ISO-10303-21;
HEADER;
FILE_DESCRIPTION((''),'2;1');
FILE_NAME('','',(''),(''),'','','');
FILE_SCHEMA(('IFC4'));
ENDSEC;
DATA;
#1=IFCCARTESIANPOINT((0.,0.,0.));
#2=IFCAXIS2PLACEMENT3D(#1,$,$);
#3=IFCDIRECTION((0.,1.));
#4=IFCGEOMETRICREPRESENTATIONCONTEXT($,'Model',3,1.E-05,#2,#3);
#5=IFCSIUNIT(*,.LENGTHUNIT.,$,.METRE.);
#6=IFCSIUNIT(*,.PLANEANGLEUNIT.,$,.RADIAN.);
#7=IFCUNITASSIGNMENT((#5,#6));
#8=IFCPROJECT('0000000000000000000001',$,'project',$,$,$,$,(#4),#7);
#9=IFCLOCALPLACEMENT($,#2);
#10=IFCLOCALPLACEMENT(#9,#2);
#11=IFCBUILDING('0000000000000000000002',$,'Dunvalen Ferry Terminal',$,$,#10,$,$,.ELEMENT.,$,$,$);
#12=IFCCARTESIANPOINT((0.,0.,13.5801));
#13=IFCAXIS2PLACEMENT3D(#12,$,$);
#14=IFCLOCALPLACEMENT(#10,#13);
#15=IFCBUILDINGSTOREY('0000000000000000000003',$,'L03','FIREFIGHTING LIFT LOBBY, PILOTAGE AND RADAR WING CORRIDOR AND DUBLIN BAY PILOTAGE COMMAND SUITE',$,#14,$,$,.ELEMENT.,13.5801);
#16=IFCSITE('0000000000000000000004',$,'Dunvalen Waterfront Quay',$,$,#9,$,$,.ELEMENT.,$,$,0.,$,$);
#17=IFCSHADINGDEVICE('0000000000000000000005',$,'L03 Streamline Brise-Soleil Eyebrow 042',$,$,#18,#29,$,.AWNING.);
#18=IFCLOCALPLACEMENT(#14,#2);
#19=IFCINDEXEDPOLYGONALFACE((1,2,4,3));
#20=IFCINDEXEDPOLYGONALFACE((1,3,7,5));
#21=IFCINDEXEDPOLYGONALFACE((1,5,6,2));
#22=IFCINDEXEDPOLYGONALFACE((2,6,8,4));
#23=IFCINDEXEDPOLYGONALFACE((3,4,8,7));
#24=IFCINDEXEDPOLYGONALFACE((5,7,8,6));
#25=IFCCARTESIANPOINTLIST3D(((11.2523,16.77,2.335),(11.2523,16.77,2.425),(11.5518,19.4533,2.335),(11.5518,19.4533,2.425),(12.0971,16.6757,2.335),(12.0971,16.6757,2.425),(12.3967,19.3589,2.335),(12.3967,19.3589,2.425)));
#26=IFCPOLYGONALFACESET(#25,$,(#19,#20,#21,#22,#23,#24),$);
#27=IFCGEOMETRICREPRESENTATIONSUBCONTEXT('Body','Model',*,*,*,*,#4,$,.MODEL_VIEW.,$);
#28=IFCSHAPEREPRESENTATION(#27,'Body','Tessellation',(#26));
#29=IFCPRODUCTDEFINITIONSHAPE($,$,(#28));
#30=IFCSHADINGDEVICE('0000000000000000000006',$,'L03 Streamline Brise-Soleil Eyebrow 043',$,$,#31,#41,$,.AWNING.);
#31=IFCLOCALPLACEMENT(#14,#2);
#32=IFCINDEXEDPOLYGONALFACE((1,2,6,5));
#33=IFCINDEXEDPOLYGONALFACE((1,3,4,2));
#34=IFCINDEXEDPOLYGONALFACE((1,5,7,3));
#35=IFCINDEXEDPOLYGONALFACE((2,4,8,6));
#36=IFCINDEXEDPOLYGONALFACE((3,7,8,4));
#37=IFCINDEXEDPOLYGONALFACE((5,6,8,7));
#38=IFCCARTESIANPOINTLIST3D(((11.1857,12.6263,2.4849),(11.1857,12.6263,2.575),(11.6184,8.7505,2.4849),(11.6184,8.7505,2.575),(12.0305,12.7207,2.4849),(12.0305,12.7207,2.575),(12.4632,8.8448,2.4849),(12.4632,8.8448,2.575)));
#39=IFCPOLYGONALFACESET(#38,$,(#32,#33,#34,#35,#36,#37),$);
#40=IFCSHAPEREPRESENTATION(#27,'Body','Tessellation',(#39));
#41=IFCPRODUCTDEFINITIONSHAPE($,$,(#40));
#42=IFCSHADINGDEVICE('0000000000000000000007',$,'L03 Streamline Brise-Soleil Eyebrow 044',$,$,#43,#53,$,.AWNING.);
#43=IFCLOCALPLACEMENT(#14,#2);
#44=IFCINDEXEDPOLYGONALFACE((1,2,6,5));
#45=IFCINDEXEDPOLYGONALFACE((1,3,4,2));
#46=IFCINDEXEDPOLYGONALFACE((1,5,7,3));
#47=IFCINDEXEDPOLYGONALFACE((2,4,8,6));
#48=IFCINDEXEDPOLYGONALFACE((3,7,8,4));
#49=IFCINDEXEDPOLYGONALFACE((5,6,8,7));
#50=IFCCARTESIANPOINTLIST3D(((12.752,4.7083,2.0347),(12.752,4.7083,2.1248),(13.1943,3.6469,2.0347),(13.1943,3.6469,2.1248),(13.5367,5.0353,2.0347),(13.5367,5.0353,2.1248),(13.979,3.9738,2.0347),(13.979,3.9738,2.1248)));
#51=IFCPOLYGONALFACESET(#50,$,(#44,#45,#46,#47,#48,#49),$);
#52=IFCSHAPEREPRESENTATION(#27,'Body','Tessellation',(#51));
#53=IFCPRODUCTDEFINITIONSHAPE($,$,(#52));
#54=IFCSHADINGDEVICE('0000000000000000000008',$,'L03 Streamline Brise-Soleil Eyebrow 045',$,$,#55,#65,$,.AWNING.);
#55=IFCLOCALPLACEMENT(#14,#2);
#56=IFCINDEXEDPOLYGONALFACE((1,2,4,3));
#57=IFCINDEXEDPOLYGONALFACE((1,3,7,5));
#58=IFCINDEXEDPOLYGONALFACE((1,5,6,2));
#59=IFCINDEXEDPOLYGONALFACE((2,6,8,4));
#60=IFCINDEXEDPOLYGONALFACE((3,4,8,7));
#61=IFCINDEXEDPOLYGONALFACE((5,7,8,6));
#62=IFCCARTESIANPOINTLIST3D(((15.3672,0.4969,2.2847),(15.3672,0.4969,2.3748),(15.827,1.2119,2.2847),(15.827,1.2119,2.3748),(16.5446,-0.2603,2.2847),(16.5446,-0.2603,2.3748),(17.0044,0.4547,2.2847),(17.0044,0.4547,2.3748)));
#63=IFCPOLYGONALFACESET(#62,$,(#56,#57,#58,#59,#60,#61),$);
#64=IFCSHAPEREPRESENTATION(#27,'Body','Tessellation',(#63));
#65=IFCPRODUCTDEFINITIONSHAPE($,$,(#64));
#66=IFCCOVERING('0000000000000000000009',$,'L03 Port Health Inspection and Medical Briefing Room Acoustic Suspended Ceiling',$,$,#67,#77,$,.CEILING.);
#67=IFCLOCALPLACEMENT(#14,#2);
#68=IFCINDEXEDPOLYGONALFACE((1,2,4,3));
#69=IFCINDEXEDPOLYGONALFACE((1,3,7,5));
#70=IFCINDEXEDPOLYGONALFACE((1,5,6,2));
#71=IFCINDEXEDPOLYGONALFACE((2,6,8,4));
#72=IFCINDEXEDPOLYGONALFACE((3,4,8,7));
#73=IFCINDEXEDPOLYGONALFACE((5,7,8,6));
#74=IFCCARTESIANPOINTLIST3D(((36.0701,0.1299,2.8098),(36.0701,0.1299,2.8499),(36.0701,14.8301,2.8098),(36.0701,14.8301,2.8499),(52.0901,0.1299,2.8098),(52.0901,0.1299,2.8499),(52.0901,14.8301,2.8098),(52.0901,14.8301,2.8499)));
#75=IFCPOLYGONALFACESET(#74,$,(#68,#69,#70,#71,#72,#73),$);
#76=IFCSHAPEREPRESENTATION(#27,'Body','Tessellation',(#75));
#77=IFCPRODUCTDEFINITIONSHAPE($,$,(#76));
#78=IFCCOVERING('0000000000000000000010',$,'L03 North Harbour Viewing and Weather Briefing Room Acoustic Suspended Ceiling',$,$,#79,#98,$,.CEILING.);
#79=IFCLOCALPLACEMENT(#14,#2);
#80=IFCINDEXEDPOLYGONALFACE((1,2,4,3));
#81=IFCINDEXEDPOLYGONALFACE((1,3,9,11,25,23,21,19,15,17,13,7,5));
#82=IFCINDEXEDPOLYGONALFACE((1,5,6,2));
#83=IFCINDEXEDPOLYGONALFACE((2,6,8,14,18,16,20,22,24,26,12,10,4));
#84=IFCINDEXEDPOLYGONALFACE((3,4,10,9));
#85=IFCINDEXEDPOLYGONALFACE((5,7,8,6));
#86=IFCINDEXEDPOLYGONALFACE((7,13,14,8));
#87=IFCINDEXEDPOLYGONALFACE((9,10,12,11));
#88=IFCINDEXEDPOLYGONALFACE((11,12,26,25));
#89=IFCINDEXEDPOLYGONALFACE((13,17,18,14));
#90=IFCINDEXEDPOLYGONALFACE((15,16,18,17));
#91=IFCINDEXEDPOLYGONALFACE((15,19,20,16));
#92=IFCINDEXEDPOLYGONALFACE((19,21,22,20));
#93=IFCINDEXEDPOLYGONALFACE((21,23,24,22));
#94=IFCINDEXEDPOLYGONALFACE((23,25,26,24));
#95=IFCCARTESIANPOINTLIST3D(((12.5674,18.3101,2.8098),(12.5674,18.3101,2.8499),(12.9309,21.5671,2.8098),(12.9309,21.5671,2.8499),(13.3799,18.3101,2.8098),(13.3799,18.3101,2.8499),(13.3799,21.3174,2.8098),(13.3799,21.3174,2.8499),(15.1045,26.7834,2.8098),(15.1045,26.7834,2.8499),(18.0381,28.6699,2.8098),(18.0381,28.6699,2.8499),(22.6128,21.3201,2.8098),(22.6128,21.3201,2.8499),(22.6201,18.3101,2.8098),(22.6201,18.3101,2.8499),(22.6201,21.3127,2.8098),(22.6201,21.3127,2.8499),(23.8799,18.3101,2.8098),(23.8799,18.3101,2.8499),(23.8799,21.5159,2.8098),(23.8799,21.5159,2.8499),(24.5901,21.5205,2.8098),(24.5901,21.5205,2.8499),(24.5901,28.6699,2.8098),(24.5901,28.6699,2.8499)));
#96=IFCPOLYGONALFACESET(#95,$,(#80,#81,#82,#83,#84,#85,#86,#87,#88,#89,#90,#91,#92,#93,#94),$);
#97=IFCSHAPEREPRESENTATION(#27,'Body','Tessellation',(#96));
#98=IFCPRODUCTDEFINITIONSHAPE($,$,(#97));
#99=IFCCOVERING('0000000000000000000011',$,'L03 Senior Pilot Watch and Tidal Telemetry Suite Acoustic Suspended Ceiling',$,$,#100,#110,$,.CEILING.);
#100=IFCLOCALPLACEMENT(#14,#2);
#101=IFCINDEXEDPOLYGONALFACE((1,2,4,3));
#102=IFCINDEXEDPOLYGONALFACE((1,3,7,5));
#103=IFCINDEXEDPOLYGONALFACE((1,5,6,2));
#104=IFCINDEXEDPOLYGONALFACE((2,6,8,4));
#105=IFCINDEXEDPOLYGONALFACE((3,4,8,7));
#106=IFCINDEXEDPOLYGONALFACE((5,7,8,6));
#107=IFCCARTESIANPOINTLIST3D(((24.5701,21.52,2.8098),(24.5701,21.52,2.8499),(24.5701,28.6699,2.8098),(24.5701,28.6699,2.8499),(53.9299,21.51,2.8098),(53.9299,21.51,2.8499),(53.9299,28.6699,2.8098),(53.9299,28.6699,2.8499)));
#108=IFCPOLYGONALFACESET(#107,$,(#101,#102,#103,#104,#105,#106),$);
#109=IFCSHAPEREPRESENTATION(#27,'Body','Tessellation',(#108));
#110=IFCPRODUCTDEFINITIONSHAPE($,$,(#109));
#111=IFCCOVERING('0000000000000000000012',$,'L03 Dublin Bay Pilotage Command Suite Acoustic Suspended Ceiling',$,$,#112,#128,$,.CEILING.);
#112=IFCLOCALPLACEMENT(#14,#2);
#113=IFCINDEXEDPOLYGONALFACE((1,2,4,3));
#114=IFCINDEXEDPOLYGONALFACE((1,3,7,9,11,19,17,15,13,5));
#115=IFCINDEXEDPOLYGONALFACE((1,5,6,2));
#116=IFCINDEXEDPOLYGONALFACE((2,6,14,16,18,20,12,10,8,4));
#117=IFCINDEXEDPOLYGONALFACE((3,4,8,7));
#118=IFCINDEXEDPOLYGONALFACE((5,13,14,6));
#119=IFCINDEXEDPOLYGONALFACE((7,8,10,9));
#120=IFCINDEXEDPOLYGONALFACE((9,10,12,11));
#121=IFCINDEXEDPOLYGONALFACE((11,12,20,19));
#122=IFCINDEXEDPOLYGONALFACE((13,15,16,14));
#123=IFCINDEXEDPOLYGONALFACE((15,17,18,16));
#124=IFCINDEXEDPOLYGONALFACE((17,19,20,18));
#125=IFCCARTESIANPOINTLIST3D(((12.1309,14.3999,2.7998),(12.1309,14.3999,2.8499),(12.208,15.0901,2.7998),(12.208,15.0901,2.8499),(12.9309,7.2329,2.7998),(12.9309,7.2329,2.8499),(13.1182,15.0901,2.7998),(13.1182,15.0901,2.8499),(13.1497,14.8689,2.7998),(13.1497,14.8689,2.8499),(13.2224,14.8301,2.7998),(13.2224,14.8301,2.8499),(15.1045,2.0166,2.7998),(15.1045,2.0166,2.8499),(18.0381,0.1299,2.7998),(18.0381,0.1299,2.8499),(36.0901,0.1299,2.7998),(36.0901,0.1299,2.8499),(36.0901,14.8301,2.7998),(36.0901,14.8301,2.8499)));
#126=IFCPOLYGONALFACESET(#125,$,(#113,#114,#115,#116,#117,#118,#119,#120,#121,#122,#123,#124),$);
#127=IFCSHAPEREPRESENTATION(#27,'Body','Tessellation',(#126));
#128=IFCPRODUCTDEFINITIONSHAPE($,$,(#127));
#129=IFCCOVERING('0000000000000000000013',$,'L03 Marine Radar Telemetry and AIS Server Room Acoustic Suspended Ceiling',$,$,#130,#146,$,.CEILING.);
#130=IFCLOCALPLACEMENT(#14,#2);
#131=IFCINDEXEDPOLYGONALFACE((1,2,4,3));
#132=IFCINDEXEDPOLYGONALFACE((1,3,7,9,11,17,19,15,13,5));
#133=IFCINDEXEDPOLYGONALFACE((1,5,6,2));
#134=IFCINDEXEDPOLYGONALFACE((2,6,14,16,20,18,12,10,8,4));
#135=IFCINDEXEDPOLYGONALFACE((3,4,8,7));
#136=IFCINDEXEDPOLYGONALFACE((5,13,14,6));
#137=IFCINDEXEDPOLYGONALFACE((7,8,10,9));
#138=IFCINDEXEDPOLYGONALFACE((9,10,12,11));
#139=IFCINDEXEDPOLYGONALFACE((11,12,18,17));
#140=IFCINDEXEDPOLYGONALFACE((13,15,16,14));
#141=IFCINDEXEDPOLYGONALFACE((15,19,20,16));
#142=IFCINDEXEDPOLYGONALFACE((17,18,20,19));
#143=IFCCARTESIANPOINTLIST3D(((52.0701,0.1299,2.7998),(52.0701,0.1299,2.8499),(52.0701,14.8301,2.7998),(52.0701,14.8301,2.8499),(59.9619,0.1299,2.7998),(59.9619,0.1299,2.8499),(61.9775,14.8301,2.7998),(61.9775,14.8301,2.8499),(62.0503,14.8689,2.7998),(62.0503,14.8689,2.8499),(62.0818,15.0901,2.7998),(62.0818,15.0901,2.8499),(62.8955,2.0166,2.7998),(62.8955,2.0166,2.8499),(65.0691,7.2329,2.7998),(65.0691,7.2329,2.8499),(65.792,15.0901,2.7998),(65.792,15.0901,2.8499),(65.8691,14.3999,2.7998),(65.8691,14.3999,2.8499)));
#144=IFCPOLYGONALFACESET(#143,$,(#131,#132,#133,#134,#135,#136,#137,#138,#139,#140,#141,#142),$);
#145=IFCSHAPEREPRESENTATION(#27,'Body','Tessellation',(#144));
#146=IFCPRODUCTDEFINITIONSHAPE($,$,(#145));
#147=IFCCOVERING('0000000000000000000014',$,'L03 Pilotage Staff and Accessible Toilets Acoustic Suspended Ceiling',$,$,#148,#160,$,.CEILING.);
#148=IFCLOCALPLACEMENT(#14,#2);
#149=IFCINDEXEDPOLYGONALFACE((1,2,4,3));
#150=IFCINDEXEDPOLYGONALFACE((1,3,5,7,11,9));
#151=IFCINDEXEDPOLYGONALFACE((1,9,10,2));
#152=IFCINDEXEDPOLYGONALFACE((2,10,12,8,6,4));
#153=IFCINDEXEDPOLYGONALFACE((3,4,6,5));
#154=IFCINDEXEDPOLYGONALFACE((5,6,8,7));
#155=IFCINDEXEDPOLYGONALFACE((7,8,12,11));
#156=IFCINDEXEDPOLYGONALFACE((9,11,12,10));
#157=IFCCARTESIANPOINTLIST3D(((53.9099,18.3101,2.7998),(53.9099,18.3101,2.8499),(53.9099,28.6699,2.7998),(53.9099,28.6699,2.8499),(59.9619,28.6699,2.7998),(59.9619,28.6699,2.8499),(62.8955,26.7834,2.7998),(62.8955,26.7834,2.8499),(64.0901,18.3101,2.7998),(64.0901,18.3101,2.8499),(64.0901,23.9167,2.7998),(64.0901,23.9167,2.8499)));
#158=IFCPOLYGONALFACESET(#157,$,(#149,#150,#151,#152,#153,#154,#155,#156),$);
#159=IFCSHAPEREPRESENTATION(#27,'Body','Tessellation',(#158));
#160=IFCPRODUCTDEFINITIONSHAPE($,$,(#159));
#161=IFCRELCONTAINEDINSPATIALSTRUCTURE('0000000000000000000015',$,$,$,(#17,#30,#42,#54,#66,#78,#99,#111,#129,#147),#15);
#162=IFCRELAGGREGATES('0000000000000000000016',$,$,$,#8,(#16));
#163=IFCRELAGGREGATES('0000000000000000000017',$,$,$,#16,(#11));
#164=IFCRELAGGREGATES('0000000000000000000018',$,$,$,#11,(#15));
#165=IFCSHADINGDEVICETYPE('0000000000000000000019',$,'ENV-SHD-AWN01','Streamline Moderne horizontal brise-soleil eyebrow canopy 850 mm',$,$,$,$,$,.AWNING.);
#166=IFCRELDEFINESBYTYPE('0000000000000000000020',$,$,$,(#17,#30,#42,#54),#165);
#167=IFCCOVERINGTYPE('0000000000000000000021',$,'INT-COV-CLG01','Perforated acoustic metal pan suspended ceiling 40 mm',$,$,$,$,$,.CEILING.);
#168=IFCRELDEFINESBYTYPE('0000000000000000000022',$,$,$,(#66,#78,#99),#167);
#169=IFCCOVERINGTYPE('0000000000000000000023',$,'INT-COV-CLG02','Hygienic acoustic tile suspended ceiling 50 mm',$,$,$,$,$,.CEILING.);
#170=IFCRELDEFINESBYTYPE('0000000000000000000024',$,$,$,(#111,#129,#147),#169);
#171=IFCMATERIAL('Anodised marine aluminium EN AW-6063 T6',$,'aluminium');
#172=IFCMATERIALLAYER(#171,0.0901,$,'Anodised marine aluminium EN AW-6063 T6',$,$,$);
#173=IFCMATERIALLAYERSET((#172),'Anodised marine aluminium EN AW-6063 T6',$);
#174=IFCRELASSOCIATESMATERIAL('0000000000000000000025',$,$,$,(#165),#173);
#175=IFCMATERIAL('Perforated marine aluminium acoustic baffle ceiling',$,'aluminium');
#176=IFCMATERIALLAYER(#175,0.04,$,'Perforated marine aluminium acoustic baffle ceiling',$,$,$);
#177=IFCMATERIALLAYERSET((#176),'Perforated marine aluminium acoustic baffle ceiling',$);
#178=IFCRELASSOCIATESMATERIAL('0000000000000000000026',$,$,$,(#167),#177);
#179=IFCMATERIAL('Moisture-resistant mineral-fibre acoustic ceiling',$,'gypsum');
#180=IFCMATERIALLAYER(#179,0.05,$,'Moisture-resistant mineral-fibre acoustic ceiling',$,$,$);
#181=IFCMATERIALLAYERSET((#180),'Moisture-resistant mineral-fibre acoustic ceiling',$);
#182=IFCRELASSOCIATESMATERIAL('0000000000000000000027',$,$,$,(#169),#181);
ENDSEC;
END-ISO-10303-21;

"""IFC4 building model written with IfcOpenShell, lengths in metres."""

from ifc_helpers import new_model, si_unit, direction, frame, origin, origin_2d, place, context, subcontext, project, spatial, polyline, rectangle, outline, extrude, material, layer, layer_set, type_object, element, save


model = new_model("IFC4")

# Units and contexts
model_context = context("Model", 3, precision=1e-05, world=origin(), true_north=direction((0.0, 1.0)))
body_context = subcontext(model_context, "Body", "Model", "MODEL_VIEW")
ifc_project = project(units=[si_unit("LENGTHUNIT", "METRE"), si_unit("PLANEANGLEUNIT", "RADIAN")], contexts=[model_context])

# Site, building, storey
site_placement = place(None, origin())
site = spatial("IfcSite", under=ifc_project, at=site_placement, Name="Dunvalen Waterfront Quay", CompositionType="ELEMENT", RefElevation=0.0)
building_placement = place(site_placement, origin())
building = spatial("IfcBuilding", under=site, at=building_placement, Name="Dunvalen Ferry Terminal", CompositionType="ELEMENT")
storey_placement = place(building_placement, frame((0.0, 0.0, 13.5801)))
storey = spatial("IfcBuildingStorey", under=building, at=storey_placement, Name="L03", Description="FIREFIGHTING LIFT LOBBY, PILOTAGE AND RADAR WING CORRIDOR AND DUBLIN BAY PILOTAGE COMMAND SUITE", CompositionType="ELEMENT", Elevation=13.5801)

# Shading devices
ifc_material_1 = material(Name="Anodised marine aluminium EN AW-6063 T6", Category="aluminium")
ifc_layer_1 = layer(ifc_material_1, 0.0901, Name="Anodised marine aluminium EN AW-6063 T6")
ifc_layer_set_1 = layer_set([ifc_layer_1], Name="Anodised marine aluminium EN AW-6063 T6")
shading_device_type = type_object("IfcShadingDeviceType", Name="ENV-SHD-AWN01", Description="Streamline Moderne horizontal brise-soleil eyebrow canopy 850 mm", PredefinedType="AWNING", material=ifc_layer_set_1)
shading_device_1_placement = place(storey_placement, frame((11.8245, 18.0645, 2.335), z_axis=(0.0, 0.0, 1.0), x_axis=(-0.11095, -0.993826, 0.0)))
element("IfcShadingDevice", 1, at=shading_device_1_placement, inside=storey, type_object=shading_device_type, Name="L03 Streamline Brise-Soleil Eyebrow 042", PredefinedType="AWNING", context=body_context, shape_type="SweptSolid", body=[
    extrude(rectangle(XDim=2.7, YDim=0.8501, at=origin_2d()), origin(), (0.0, 0.0, 1.0), 0.0901),
])
shading_device_2_placement = place(storey_placement, frame((11.8245, 10.7356, 2.4849), z_axis=(0.0, 0.0, 1.0), x_axis=(0.11095, -0.993826, 0.0)))
element("IfcShadingDevice", 2, at=shading_device_2_placement, inside=storey, type_object=shading_device_type, Name="L03 Streamline Brise-Soleil Eyebrow 043", PredefinedType="AWNING", context=body_context, shape_type="SweptSolid", body=[
    extrude(rectangle(XDim=3.8999, YDim=0.8501, at=origin_2d()), origin(), (0.0, 0.0, 1.0), 0.0901),
])
shading_device_3_placement = place(storey_placement, frame((13.3655, 4.3411, 2.0347), z_axis=(0.0, 0.0, 1.0), x_axis=(0.38462, -0.923075, 0.0)))
element("IfcShadingDevice", 3, at=shading_device_3_placement, inside=storey, type_object=shading_device_type, Name="L03 Streamline Brise-Soleil Eyebrow 044", PredefinedType="AWNING", context=body_context, shape_type="SweptSolid", body=[
    extrude(rectangle(XDim=1.1499, YDim=0.8501, at=origin_2d()), origin(), (0.0, 0.0, 1.0), 0.0901),
])
shading_device_4_placement = place(storey_placement, frame((16.1858, 0.4758, 2.2847), z_axis=(0.0, 0.0, 1.0), x_axis=(0.841098, -0.540882, 0.0)))
element("IfcShadingDevice", 4, at=shading_device_4_placement, inside=storey, type_object=shading_device_type, Name="L03 Streamline Brise-Soleil Eyebrow 045", PredefinedType="AWNING", context=body_context, shape_type="SweptSolid", body=[
    extrude(rectangle(XDim=1.3999, YDim=0.8501, at=origin_2d()), origin(), (0.0, 0.0, 1.0), 0.0901),
])

# Coverings
ifc_material_2 = material(Name="Perforated marine aluminium acoustic baffle ceiling", Category="aluminium")
ifc_layer_2 = layer(ifc_material_2, 0.04, Name="Perforated marine aluminium acoustic baffle ceiling")
ifc_layer_set_2 = layer_set([ifc_layer_2], Name="Perforated marine aluminium acoustic baffle ceiling")
covering_type_1 = type_object("IfcCoveringType", Name="INT-COV-CLG01", Description="Perforated acoustic metal pan suspended ceiling 40 mm", PredefinedType="CEILING", material=ifc_layer_set_2)
covering_1_placement = place(storey_placement, frame((0.0, 0.0, 2.8098)))
element("IfcCovering", 5, at=covering_1_placement, inside=storey, type_object=covering_type_1, Name="L03 Port Health Inspection and Medical Briefing Room Acoustic Suspended Ceiling", PredefinedType="CEILING", context=body_context, shape_type="SweptSolid", body=[
    extrude(outline(polyline([(36.0701, 0.1299), (52.0901, 0.1299), (52.0901, 14.8301), (36.0701, 14.8301), (36.0701, 0.1299)])), origin(), (0.0, 0.0, 1.0), 0.04),
])
covering_2_placement = place(storey_placement, frame((0.0, 0.0, 2.8098)))
element("IfcCovering", 6, at=covering_2_placement, inside=storey, type_object=covering_type_1, Name="L03 North Harbour Viewing and Weather Briefing Room Acoustic Suspended Ceiling", PredefinedType="CEILING", context=body_context, shape_type="SweptSolid", body=[
    extrude(outline(polyline([(22.6128, 21.3201), (22.6201, 21.3127), (22.6201, 18.3101), (23.8799, 18.3101), (23.8799, 21.5159), (24.5901, 21.5205), (24.5901, 28.6699), (18.0381, 28.6699), (15.1045, 26.7834), (12.9309, 21.5671), (12.5674, 18.3101), (13.3799, 18.3101), (13.3799, 21.3174), (22.6128, 21.3201)])), origin(), (0.0, 0.0, 1.0), 0.04),
])
covering_3_placement = place(storey_placement, frame((0.0, 0.0, 2.8098)))
element("IfcCovering", 7, at=covering_3_placement, inside=storey, type_object=covering_type_1, Name="L03 Senior Pilot Watch and Tidal Telemetry Suite Acoustic Suspended Ceiling", PredefinedType="CEILING", context=body_context, shape_type="SweptSolid", body=[
    extrude(outline(polyline([(24.5701, 28.6699), (24.5701, 21.52), (53.9299, 21.51), (53.9299, 28.6699), (24.5701, 28.6699)])), origin(), (0.0, 0.0, 1.0), 0.04),
])
ifc_material_3 = material(Name="Moisture-resistant mineral-fibre acoustic ceiling", Category="gypsum")
ifc_layer_3 = layer(ifc_material_3, 0.05, Name="Moisture-resistant mineral-fibre acoustic ceiling")
ifc_layer_set_3 = layer_set([ifc_layer_3], Name="Moisture-resistant mineral-fibre acoustic ceiling")
covering_type_2 = type_object("IfcCoveringType", Name="INT-COV-CLG02", Description="Hygienic acoustic tile suspended ceiling 50 mm", PredefinedType="CEILING", material=ifc_layer_set_3)
covering_4_placement = place(storey_placement, frame((0.0, 0.0, 2.7998)))
element("IfcCovering", 8, at=covering_4_placement, inside=storey, type_object=covering_type_2, Name="L03 Dublin Bay Pilotage Command Suite Acoustic Suspended Ceiling", PredefinedType="CEILING", context=body_context, shape_type="SweptSolid", body=[
    extrude(outline(polyline([(13.2224, 14.8301), (13.1497, 14.8689), (13.1182, 15.0901), (12.208, 15.0901), (12.1309, 14.3999), (12.9309, 7.2329), (15.1045, 2.0166), (18.0381, 0.1299), (36.0901, 0.1299), (36.0901, 14.8301), (13.2224, 14.8301)])), origin(), (0.0, 0.0, 1.0), 0.05),
])
covering_5_placement = place(storey_placement, frame((0.0, 0.0, 2.7998)))
element("IfcCovering", 9, at=covering_5_placement, inside=storey, type_object=covering_type_2, Name="L03 Marine Radar Telemetry and AIS Server Room Acoustic Suspended Ceiling", PredefinedType="CEILING", context=body_context, shape_type="SweptSolid", body=[
    extrude(outline(polyline([(65.792, 15.0901), (62.0818, 15.0901), (62.0503, 14.8689), (61.9775, 14.8301), (52.0701, 14.8301), (52.0701, 0.1299), (59.9619, 0.1299), (62.8955, 2.0166), (65.0691, 7.2329), (65.8691, 14.3999), (65.792, 15.0901)])), origin(), (0.0, 0.0, 1.0), 0.05),
])
covering_6_placement = place(storey_placement, frame((0.0, 0.0, 2.7998)))
element("IfcCovering", 10, at=covering_6_placement, inside=storey, type_object=covering_type_2, Name="L03 Pilotage Staff and Accessible Toilets Acoustic Suspended Ceiling", PredefinedType="CEILING", context=body_context, shape_type="SweptSolid", body=[
    extrude(outline(polyline([(62.8955, 26.7834), (59.9619, 28.6699), (53.9099, 28.6699), (53.9099, 18.3101), (64.0901, 18.3101), (64.0901, 23.9167), (62.8955, 26.7834)])), origin(), (0.0, 0.0, 1.0), 0.05),
])

save(model, "model.ifc")
